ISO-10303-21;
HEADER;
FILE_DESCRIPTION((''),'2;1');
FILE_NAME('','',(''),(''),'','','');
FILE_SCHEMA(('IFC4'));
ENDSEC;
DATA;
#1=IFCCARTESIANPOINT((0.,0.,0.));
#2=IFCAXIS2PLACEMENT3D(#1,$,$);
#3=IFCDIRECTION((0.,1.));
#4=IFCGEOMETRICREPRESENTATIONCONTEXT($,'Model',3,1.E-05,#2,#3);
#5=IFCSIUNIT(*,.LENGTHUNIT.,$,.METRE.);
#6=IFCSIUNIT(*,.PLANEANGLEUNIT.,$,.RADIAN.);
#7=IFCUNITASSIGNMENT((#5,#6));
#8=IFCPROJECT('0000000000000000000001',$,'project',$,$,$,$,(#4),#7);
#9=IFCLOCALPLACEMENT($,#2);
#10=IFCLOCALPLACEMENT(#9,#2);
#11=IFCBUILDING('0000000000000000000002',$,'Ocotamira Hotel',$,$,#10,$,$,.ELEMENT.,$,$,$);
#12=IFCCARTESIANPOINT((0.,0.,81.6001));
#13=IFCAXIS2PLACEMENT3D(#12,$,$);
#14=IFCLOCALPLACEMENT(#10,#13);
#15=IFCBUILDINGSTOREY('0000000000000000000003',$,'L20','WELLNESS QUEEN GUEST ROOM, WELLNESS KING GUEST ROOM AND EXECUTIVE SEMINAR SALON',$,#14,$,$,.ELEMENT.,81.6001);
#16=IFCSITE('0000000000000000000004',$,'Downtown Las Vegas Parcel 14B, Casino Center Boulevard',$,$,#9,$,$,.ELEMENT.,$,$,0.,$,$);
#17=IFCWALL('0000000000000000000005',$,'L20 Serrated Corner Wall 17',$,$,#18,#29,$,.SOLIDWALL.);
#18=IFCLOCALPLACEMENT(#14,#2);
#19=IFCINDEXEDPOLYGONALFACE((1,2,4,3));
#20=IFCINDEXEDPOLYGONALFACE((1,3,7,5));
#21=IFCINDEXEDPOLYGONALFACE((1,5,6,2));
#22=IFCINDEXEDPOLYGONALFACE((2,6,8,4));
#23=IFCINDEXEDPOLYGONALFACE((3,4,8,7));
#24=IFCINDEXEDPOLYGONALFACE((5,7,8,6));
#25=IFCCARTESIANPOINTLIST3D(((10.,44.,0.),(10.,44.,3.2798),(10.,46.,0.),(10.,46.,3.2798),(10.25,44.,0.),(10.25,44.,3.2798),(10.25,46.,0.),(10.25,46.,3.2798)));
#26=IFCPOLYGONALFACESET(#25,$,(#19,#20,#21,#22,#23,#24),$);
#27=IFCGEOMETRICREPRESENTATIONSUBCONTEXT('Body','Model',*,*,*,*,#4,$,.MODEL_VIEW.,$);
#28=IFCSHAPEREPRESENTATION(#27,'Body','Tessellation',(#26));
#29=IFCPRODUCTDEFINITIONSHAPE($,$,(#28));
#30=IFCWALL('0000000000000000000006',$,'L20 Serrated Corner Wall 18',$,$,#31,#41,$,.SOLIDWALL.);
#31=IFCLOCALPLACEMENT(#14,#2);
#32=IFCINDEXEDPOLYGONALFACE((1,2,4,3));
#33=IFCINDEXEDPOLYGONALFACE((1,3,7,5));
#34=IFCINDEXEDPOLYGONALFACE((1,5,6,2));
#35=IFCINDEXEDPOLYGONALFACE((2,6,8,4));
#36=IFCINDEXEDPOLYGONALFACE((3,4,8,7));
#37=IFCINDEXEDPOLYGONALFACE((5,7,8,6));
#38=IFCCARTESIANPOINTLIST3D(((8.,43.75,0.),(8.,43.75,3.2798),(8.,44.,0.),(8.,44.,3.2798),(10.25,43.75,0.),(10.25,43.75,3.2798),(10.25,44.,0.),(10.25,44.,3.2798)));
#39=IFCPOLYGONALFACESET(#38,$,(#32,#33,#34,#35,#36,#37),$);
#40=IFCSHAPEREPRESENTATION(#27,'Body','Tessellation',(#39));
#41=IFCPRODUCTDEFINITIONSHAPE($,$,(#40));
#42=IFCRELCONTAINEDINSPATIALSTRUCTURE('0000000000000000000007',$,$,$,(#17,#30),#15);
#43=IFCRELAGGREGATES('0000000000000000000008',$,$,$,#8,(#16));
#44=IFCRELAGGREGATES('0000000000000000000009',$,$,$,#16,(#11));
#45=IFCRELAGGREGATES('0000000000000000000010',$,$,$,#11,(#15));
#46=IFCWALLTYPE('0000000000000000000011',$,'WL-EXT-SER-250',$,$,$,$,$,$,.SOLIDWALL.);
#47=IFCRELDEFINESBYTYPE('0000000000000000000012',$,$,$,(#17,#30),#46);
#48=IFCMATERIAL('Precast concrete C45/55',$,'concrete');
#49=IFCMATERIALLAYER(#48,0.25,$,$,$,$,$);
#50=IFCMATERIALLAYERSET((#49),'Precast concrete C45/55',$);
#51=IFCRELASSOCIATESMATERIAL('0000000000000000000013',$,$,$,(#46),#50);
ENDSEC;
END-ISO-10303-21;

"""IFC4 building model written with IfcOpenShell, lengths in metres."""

from ifc_helpers import new_model, si_unit, direction, frame, frame_2d, origin, place, context, subcontext, project, spatial, rectangle, extrude, material, layer, layer_set, type_object, element, save


model = new_model("IFC4")

# Units and contexts
model_context = context("Model", 3, precision=1e-05, world=origin(), true_north=direction((0.0, 1.0)))
body_context = subcontext(model_context, "Body", "Model", "MODEL_VIEW")
ifc_project = project(units=[si_unit("LENGTHUNIT", "METRE"), si_unit("PLANEANGLEUNIT", "RADIAN")], contexts=[model_context])

# Site, building, storey
site_placement = place(None, origin())
site = spatial("IfcSite", under=ifc_project, at=site_placement, Name="Downtown Las Vegas Parcel 14B, Casino Center Boulevard", CompositionType="ELEMENT", RefElevation=0.0)
building_placement = place(site_placement, origin())
building = spatial("IfcBuilding", under=site, at=building_placement, Name="Ocotamira Hotel", CompositionType="ELEMENT")
storey_placement = place(building_placement, frame((0.0, 0.0, 81.6001)))
storey = spatial("IfcBuildingStorey", under=building, at=storey_placement, Name="L20", Description="WELLNESS QUEEN GUEST ROOM, WELLNESS KING GUEST ROOM AND EXECUTIVE SEMINAR SALON", CompositionType="ELEMENT", Elevation=81.6001)

# Shared definitions
ifc_material_1 = material(Name="Precast concrete C45/55", Category="concrete")
ifc_layer_1 = layer(ifc_material_1, 0.25)
ifc_layer_set_1 = layer_set([ifc_layer_1], Name="Precast concrete C45/55")
wall_type_1 = type_object("IfcWallType", Name="WL-EXT-SER-250", PredefinedType="SOLIDWALL", material=ifc_layer_set_1)

# Walls
for number, where, z_axis, x_axis, name in (
    (1, (10.125, 46.0, 0.0), (0.0, 0.0, 1.0), (0.0, -1.0, 0.0), "L20 Serrated Corner Wall 17"),
):
    element("IfcWall", number, at=place(storey_placement, frame(where, z_axis=z_axis, x_axis=x_axis)), inside=storey, type_object=wall_type_1, Name=name, PredefinedType="SOLIDWALL", context=body_context, shape_type="SweptSolid", body=[
        extrude(rectangle(XDim=2.0, YDim=0.25, at=frame_2d((1.0, 0.0))), origin(), (0.0, 0.0, 1.0), 3.2798),
    ])
wall_1_placement = place(storey_placement, frame((10.25, 43.875, 0.0), z_axis=(0.0, 0.0, 1.0), x_axis=(-1.0, 0.0, 0.0)))
element("IfcWall", 2, at=wall_1_placement, inside=storey, type_object=wall_type_1, Name="L20 Serrated Corner Wall 18", PredefinedType="SOLIDWALL", context=body_context, shape_type="SweptSolid", body=[
    extrude(rectangle(XDim=2.25, YDim=0.25, at=frame_2d((1.125, 0.0))), origin(), (0.0, 0.0, 1.0), 3.2798),
])

save(model, "model.ifc")
